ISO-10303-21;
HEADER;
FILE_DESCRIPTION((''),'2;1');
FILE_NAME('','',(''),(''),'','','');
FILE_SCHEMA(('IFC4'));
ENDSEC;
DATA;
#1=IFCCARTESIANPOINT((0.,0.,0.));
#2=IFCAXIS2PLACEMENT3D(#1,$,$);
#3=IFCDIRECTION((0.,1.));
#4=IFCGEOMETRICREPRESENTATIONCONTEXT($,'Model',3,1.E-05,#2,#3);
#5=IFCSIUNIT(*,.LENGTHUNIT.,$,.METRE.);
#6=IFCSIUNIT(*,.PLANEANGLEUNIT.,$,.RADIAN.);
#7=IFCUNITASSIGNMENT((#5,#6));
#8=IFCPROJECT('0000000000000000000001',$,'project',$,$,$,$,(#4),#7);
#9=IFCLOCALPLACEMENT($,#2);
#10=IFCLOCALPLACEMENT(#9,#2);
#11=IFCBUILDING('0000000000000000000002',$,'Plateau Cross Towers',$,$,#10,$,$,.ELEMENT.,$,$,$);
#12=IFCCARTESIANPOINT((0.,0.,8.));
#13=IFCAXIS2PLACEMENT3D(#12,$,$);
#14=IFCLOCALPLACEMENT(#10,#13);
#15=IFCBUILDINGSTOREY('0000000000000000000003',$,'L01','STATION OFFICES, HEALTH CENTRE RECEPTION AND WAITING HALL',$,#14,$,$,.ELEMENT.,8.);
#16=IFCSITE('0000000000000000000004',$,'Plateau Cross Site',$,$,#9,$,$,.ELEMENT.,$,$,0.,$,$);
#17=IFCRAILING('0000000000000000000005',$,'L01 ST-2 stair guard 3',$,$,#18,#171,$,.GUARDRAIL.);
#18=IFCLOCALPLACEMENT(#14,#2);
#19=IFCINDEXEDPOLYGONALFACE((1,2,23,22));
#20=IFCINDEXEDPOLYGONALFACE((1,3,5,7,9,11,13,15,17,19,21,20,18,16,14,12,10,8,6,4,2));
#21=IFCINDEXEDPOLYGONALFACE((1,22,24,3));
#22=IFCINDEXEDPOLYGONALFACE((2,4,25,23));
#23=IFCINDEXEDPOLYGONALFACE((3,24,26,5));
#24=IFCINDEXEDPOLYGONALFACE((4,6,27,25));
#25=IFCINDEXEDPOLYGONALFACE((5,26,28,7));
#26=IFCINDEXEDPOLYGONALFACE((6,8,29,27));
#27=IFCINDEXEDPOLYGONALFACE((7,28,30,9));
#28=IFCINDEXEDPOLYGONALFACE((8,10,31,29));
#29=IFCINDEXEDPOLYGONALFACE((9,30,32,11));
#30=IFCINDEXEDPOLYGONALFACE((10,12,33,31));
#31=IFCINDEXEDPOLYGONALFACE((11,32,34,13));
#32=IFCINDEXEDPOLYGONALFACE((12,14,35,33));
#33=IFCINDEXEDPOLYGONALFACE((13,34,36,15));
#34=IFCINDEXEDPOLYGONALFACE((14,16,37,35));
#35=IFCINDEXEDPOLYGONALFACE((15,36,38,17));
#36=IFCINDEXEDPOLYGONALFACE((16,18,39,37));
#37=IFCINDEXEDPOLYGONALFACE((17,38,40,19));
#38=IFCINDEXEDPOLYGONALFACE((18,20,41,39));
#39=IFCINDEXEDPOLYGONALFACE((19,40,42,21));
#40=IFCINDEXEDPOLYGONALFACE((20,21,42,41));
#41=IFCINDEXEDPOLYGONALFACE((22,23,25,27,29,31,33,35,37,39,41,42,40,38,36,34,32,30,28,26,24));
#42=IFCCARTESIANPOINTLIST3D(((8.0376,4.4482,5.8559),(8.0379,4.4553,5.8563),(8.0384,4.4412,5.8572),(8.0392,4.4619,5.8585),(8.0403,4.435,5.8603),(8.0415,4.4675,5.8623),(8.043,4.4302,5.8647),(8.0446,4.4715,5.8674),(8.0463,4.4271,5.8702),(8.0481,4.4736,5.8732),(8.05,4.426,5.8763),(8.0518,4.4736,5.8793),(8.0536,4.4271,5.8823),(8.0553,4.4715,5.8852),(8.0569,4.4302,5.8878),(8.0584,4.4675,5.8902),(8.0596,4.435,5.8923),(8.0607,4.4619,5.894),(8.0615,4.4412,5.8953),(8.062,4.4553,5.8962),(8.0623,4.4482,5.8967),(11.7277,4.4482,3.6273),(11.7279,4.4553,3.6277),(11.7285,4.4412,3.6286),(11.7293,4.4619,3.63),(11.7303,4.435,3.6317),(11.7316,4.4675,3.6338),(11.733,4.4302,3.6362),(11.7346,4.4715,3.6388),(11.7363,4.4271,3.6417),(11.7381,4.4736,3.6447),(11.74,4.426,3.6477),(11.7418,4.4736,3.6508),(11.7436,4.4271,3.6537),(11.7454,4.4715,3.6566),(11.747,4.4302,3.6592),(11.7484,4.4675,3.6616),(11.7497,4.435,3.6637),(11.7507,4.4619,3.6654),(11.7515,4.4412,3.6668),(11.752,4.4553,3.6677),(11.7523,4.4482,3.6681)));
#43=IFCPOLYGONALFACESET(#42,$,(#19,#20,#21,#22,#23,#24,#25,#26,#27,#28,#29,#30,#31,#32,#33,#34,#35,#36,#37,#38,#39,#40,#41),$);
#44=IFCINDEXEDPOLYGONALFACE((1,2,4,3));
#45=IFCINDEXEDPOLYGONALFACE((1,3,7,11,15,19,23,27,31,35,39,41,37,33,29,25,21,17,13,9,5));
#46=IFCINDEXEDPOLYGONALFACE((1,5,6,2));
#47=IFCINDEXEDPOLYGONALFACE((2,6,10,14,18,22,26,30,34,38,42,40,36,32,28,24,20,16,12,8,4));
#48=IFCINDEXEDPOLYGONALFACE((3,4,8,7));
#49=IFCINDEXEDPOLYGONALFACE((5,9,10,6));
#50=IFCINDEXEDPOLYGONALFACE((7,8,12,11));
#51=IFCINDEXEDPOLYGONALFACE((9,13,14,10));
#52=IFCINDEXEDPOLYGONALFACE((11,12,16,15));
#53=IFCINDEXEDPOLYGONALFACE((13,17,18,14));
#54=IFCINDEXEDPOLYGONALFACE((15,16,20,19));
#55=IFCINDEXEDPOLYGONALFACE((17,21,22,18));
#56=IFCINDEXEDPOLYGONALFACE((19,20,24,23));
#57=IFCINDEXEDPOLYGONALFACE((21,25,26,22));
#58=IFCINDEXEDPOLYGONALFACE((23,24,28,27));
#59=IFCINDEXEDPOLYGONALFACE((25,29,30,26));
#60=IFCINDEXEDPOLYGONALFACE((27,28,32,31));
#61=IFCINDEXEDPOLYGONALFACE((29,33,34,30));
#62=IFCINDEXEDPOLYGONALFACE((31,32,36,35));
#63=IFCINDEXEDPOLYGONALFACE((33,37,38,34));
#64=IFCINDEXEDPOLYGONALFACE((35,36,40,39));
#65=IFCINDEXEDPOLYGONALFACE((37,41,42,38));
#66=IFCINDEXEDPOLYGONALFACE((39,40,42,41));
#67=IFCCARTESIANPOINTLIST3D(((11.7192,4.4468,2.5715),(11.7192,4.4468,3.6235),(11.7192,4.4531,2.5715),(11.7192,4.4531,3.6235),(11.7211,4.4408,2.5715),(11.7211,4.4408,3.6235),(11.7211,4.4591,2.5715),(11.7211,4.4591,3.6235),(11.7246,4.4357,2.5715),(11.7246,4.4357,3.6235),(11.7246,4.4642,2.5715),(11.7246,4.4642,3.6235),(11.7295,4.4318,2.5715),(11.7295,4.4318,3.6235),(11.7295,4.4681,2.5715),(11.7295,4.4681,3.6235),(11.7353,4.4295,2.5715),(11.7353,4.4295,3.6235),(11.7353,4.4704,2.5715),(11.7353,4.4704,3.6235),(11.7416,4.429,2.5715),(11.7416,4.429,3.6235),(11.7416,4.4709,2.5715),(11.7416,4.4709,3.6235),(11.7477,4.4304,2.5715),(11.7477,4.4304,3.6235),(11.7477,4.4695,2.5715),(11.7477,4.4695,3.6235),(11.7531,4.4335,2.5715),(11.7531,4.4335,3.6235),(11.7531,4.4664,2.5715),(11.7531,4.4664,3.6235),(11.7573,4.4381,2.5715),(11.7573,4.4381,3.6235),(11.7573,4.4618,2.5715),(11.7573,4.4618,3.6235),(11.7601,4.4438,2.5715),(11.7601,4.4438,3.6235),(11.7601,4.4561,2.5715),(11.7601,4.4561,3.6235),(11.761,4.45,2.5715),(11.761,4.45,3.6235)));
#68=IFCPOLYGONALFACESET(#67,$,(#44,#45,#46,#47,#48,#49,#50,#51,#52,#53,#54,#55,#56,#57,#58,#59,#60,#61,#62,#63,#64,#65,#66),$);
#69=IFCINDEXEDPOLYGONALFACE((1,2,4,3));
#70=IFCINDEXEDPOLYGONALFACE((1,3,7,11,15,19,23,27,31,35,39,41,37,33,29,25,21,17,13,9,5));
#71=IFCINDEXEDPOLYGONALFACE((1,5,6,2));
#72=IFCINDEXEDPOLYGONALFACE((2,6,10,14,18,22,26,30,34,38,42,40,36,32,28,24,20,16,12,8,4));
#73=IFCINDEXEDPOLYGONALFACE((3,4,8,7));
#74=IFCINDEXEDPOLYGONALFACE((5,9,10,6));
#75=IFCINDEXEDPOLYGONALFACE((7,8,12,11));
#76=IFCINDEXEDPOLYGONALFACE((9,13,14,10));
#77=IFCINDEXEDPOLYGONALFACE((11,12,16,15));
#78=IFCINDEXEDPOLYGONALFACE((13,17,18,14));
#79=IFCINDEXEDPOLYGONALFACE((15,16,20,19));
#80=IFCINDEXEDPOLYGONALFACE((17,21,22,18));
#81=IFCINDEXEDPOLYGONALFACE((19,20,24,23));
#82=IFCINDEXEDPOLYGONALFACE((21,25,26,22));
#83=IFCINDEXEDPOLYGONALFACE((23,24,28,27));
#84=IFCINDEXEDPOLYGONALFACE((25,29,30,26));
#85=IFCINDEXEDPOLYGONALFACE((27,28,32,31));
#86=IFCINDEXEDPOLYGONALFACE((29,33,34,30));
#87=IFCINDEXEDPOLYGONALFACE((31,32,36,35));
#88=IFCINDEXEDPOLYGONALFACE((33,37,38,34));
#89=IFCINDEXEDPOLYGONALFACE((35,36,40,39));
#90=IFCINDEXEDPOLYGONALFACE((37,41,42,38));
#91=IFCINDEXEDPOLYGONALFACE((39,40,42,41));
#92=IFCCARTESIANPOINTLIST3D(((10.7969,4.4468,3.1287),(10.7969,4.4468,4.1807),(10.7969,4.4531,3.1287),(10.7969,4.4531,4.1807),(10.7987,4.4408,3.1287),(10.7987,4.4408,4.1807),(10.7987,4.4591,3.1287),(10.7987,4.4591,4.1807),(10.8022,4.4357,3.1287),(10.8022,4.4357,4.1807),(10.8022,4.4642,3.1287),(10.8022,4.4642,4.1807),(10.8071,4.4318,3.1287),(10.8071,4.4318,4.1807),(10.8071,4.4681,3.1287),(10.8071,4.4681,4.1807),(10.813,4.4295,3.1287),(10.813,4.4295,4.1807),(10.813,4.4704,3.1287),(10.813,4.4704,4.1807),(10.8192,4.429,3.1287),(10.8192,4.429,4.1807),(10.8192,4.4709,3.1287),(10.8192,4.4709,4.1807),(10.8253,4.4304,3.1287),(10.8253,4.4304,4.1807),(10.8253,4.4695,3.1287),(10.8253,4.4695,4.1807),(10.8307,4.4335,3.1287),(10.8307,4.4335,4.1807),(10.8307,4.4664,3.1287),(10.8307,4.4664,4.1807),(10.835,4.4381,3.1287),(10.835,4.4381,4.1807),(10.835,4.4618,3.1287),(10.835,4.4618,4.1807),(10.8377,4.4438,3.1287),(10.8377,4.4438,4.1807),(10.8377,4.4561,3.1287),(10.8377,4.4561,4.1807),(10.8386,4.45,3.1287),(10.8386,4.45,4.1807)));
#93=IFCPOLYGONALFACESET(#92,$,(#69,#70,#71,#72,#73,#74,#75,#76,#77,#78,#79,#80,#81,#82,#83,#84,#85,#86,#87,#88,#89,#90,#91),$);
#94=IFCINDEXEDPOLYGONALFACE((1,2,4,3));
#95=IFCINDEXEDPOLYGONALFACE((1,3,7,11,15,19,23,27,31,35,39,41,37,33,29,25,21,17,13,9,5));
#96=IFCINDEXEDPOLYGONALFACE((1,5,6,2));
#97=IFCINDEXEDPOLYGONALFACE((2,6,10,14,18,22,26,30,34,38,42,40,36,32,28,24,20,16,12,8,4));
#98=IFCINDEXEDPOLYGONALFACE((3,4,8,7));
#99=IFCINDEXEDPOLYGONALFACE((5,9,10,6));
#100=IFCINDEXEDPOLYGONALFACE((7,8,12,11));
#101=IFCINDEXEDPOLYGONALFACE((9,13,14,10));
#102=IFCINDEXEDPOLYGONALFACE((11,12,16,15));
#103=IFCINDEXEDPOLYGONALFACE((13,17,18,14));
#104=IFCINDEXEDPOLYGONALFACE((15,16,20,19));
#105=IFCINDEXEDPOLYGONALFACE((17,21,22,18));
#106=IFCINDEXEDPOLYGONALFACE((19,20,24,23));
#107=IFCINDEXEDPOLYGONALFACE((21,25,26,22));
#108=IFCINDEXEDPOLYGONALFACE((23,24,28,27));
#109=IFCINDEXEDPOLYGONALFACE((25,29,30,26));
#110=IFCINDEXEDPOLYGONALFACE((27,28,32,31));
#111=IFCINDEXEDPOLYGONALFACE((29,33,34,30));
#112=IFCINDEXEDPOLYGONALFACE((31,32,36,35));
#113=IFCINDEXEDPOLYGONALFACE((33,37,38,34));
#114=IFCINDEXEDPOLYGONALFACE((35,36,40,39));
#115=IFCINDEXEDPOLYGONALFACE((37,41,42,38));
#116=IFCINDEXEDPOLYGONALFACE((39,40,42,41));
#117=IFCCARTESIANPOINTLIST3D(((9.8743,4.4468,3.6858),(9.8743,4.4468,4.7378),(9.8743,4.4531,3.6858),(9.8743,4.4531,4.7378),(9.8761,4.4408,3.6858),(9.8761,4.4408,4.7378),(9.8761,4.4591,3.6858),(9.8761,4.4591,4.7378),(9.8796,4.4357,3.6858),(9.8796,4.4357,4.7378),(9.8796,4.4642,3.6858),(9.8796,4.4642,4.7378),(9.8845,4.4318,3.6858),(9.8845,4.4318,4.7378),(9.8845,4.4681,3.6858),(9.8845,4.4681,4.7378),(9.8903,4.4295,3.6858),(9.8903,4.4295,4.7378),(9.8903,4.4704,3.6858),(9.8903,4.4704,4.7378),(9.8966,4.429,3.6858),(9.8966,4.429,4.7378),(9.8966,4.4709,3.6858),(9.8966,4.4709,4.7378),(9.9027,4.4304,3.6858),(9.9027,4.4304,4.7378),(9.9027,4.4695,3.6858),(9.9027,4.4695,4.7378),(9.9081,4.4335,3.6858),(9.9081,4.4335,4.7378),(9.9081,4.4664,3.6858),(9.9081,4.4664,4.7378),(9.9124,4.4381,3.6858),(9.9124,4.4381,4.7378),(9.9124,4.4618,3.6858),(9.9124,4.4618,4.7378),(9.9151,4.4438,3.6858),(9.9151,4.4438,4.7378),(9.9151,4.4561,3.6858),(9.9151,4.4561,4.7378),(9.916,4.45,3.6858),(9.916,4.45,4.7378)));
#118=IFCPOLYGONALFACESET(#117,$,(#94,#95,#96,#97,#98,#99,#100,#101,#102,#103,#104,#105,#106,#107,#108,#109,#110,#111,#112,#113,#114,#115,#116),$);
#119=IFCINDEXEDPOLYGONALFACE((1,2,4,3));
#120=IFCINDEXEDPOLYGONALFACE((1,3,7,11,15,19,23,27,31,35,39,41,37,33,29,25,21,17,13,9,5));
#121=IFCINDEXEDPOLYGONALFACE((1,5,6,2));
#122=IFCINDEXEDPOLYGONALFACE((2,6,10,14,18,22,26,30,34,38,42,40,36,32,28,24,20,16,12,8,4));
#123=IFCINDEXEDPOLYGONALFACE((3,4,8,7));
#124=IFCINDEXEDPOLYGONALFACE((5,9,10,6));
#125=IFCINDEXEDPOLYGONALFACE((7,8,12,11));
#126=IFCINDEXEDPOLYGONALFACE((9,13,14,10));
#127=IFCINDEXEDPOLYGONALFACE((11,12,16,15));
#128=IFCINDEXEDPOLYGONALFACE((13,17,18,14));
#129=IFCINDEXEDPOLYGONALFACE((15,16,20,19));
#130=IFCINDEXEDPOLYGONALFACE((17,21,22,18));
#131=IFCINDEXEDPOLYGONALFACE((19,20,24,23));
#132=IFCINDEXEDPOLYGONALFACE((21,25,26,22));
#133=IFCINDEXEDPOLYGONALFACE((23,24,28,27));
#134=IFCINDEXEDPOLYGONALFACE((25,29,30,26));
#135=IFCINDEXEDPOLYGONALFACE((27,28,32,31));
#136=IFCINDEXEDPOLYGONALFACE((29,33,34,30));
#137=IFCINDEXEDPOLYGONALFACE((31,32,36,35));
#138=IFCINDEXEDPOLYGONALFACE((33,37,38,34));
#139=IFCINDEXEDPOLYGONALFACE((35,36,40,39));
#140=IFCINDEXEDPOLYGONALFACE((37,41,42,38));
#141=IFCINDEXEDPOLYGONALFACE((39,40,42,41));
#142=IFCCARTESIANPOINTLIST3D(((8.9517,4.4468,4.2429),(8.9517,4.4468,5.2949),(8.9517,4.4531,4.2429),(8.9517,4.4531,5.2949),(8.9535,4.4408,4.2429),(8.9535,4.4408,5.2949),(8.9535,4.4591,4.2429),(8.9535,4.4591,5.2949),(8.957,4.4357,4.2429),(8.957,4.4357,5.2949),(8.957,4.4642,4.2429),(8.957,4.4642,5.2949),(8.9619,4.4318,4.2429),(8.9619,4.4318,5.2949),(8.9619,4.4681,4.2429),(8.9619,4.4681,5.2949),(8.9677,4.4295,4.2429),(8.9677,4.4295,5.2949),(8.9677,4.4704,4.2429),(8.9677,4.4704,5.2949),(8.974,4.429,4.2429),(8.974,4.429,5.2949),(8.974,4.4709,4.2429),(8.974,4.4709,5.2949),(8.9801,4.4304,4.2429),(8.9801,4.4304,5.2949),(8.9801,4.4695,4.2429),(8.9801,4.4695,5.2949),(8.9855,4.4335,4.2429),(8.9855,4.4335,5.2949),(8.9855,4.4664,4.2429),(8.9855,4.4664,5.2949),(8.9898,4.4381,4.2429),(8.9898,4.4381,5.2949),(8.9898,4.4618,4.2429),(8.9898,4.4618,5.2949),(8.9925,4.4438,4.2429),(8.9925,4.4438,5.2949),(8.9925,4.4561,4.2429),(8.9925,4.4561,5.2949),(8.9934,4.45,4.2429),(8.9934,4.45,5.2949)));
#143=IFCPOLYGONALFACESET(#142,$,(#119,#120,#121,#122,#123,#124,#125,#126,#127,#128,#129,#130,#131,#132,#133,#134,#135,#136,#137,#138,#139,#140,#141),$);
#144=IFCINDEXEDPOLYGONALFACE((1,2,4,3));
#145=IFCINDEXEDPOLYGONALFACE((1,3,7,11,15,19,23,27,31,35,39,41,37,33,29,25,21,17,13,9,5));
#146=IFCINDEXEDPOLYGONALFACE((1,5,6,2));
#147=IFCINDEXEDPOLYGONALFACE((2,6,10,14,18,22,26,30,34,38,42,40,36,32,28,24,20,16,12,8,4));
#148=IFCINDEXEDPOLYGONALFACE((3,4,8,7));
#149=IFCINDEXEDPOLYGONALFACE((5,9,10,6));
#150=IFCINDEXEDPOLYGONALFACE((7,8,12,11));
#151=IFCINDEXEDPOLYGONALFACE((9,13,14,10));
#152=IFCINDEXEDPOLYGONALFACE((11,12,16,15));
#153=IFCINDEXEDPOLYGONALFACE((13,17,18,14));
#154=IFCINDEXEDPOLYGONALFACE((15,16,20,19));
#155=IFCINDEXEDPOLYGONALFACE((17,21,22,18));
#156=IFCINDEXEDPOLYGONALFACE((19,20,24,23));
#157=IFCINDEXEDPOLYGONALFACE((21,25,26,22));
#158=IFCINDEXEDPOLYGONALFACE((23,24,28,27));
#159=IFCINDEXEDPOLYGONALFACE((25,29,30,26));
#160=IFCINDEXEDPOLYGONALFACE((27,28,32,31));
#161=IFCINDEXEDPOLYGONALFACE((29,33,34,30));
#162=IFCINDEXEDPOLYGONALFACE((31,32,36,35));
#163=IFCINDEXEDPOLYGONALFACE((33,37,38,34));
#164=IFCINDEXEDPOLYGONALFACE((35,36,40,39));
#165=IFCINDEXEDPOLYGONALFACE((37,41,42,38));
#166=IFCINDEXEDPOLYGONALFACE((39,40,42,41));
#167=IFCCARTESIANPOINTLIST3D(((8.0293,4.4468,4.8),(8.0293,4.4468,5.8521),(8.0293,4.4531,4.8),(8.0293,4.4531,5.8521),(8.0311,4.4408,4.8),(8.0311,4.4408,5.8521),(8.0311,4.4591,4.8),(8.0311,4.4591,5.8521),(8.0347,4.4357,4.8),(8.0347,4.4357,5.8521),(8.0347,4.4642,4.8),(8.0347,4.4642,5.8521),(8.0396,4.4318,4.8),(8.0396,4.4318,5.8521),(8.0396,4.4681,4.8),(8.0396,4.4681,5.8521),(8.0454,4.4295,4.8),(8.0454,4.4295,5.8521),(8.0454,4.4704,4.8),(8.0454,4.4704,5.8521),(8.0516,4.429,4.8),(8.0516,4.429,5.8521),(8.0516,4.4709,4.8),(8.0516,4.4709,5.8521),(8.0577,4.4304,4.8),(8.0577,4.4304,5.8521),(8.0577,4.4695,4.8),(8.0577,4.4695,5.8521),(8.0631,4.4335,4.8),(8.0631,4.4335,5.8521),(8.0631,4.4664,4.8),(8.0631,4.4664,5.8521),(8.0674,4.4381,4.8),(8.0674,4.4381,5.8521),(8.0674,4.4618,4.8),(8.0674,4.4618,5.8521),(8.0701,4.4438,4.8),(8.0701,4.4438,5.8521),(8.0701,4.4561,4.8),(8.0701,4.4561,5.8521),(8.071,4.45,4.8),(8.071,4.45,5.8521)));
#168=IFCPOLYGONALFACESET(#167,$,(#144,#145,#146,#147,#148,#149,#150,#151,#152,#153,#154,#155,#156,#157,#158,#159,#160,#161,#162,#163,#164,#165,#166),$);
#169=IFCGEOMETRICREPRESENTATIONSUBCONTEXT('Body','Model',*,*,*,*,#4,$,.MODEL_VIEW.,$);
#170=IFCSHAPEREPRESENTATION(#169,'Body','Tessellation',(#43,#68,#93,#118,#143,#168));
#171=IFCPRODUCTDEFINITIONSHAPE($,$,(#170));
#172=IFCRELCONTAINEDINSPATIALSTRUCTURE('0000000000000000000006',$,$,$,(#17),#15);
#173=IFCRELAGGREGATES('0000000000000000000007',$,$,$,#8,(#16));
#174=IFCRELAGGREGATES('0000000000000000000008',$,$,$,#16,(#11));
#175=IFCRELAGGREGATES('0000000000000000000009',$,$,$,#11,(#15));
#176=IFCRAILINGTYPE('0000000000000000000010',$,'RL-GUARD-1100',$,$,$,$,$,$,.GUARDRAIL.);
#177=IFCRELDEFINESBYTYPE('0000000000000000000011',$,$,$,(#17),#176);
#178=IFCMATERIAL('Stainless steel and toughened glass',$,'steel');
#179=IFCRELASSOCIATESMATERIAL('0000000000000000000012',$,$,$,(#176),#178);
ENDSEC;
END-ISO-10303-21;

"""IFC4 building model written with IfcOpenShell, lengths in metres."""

from ifc_helpers import new_model, si_unit, direction, frame, origin, origin_2d, place, context, subcontext, project, spatial, circle, extrude, material, type_object, element, save


model = new_model("IFC4")

# Units and contexts
model_context = context("Model", 3, precision=1e-05, world=origin(), true_north=direction((0.0, 1.0)))
body_context = subcontext(model_context, "Body", "Model", "MODEL_VIEW")
ifc_project = project(units=[si_unit("LENGTHUNIT", "METRE"), si_unit("PLANEANGLEUNIT", "RADIAN")], contexts=[model_context])

# Site, building, storey
site_placement = place(None, origin())
site = spatial("IfcSite", under=ifc_project, at=site_placement, Name="Plateau Cross Site", CompositionType="ELEMENT", RefElevation=0.0)
building_placement = place(site_placement, origin())
building = spatial("IfcBuilding", under=site, at=building_placement, Name="Plateau Cross Towers", CompositionType="ELEMENT")
storey_placement = place(building_placement, frame((0.0, 0.0, 8.0)))
storey = spatial("IfcBuildingStorey", under=building, at=storey_placement, Name="L01", Description="STATION OFFICES, HEALTH CENTRE RECEPTION AND WAITING HALL", CompositionType="ELEMENT", Elevation=8.0)

# Railing
ifc_material_1 = material(Name="Stainless steel and toughened glass", Category="steel")
railing_type_1 = type_object("IfcRailingType", Name="RL-GUARD-1100", PredefinedType="GUARDRAIL", material=ifc_material_1)
railing_1_placement = place(storey_placement, frame((11.74, 4.45, 2.5715)))
element("IfcRailing", 1, at=railing_1_placement, inside=storey, type_object=railing_type_1, Name="L01 ST-2 stair guard 3", PredefinedType="GUARDRAIL", context=body_context, shape_type="SweptSolid", body=[
    extrude(circle(Radius=0.0239, at=origin_2d()), frame((0.0, 0.0, 1.0762), z_axis=(-0.856, 0.0, 0.516976), x_axis=(0.0, -1.0, 0.0)), (0.0, 0.0, 1.0), 4.3108),
    extrude(circle(Radius=0.021, at=origin_2d()), origin(), (0.0, 0.0, 1.0), 1.052),
    extrude(circle(Radius=0.021, at=origin_2d()), frame((-0.9224, 0.0, 0.5571)), (0.0, 0.0, 1.0), 1.052),
    extrude(circle(Radius=0.021, at=origin_2d()), frame((-1.845, 0.0, 1.1143)), (0.0, 0.0, 1.0), 1.052),
    extrude(circle(Radius=0.021, at=origin_2d()), frame((-2.7676, 0.0, 1.6714)), (0.0, 0.0, 1.0), 1.052),
    extrude(circle(Radius=0.021, at=origin_2d()), frame((-3.6899, 0.0, 2.2285)), (0.0, 0.0, 1.0), 1.052),
])

save(model, "model.ifc")
